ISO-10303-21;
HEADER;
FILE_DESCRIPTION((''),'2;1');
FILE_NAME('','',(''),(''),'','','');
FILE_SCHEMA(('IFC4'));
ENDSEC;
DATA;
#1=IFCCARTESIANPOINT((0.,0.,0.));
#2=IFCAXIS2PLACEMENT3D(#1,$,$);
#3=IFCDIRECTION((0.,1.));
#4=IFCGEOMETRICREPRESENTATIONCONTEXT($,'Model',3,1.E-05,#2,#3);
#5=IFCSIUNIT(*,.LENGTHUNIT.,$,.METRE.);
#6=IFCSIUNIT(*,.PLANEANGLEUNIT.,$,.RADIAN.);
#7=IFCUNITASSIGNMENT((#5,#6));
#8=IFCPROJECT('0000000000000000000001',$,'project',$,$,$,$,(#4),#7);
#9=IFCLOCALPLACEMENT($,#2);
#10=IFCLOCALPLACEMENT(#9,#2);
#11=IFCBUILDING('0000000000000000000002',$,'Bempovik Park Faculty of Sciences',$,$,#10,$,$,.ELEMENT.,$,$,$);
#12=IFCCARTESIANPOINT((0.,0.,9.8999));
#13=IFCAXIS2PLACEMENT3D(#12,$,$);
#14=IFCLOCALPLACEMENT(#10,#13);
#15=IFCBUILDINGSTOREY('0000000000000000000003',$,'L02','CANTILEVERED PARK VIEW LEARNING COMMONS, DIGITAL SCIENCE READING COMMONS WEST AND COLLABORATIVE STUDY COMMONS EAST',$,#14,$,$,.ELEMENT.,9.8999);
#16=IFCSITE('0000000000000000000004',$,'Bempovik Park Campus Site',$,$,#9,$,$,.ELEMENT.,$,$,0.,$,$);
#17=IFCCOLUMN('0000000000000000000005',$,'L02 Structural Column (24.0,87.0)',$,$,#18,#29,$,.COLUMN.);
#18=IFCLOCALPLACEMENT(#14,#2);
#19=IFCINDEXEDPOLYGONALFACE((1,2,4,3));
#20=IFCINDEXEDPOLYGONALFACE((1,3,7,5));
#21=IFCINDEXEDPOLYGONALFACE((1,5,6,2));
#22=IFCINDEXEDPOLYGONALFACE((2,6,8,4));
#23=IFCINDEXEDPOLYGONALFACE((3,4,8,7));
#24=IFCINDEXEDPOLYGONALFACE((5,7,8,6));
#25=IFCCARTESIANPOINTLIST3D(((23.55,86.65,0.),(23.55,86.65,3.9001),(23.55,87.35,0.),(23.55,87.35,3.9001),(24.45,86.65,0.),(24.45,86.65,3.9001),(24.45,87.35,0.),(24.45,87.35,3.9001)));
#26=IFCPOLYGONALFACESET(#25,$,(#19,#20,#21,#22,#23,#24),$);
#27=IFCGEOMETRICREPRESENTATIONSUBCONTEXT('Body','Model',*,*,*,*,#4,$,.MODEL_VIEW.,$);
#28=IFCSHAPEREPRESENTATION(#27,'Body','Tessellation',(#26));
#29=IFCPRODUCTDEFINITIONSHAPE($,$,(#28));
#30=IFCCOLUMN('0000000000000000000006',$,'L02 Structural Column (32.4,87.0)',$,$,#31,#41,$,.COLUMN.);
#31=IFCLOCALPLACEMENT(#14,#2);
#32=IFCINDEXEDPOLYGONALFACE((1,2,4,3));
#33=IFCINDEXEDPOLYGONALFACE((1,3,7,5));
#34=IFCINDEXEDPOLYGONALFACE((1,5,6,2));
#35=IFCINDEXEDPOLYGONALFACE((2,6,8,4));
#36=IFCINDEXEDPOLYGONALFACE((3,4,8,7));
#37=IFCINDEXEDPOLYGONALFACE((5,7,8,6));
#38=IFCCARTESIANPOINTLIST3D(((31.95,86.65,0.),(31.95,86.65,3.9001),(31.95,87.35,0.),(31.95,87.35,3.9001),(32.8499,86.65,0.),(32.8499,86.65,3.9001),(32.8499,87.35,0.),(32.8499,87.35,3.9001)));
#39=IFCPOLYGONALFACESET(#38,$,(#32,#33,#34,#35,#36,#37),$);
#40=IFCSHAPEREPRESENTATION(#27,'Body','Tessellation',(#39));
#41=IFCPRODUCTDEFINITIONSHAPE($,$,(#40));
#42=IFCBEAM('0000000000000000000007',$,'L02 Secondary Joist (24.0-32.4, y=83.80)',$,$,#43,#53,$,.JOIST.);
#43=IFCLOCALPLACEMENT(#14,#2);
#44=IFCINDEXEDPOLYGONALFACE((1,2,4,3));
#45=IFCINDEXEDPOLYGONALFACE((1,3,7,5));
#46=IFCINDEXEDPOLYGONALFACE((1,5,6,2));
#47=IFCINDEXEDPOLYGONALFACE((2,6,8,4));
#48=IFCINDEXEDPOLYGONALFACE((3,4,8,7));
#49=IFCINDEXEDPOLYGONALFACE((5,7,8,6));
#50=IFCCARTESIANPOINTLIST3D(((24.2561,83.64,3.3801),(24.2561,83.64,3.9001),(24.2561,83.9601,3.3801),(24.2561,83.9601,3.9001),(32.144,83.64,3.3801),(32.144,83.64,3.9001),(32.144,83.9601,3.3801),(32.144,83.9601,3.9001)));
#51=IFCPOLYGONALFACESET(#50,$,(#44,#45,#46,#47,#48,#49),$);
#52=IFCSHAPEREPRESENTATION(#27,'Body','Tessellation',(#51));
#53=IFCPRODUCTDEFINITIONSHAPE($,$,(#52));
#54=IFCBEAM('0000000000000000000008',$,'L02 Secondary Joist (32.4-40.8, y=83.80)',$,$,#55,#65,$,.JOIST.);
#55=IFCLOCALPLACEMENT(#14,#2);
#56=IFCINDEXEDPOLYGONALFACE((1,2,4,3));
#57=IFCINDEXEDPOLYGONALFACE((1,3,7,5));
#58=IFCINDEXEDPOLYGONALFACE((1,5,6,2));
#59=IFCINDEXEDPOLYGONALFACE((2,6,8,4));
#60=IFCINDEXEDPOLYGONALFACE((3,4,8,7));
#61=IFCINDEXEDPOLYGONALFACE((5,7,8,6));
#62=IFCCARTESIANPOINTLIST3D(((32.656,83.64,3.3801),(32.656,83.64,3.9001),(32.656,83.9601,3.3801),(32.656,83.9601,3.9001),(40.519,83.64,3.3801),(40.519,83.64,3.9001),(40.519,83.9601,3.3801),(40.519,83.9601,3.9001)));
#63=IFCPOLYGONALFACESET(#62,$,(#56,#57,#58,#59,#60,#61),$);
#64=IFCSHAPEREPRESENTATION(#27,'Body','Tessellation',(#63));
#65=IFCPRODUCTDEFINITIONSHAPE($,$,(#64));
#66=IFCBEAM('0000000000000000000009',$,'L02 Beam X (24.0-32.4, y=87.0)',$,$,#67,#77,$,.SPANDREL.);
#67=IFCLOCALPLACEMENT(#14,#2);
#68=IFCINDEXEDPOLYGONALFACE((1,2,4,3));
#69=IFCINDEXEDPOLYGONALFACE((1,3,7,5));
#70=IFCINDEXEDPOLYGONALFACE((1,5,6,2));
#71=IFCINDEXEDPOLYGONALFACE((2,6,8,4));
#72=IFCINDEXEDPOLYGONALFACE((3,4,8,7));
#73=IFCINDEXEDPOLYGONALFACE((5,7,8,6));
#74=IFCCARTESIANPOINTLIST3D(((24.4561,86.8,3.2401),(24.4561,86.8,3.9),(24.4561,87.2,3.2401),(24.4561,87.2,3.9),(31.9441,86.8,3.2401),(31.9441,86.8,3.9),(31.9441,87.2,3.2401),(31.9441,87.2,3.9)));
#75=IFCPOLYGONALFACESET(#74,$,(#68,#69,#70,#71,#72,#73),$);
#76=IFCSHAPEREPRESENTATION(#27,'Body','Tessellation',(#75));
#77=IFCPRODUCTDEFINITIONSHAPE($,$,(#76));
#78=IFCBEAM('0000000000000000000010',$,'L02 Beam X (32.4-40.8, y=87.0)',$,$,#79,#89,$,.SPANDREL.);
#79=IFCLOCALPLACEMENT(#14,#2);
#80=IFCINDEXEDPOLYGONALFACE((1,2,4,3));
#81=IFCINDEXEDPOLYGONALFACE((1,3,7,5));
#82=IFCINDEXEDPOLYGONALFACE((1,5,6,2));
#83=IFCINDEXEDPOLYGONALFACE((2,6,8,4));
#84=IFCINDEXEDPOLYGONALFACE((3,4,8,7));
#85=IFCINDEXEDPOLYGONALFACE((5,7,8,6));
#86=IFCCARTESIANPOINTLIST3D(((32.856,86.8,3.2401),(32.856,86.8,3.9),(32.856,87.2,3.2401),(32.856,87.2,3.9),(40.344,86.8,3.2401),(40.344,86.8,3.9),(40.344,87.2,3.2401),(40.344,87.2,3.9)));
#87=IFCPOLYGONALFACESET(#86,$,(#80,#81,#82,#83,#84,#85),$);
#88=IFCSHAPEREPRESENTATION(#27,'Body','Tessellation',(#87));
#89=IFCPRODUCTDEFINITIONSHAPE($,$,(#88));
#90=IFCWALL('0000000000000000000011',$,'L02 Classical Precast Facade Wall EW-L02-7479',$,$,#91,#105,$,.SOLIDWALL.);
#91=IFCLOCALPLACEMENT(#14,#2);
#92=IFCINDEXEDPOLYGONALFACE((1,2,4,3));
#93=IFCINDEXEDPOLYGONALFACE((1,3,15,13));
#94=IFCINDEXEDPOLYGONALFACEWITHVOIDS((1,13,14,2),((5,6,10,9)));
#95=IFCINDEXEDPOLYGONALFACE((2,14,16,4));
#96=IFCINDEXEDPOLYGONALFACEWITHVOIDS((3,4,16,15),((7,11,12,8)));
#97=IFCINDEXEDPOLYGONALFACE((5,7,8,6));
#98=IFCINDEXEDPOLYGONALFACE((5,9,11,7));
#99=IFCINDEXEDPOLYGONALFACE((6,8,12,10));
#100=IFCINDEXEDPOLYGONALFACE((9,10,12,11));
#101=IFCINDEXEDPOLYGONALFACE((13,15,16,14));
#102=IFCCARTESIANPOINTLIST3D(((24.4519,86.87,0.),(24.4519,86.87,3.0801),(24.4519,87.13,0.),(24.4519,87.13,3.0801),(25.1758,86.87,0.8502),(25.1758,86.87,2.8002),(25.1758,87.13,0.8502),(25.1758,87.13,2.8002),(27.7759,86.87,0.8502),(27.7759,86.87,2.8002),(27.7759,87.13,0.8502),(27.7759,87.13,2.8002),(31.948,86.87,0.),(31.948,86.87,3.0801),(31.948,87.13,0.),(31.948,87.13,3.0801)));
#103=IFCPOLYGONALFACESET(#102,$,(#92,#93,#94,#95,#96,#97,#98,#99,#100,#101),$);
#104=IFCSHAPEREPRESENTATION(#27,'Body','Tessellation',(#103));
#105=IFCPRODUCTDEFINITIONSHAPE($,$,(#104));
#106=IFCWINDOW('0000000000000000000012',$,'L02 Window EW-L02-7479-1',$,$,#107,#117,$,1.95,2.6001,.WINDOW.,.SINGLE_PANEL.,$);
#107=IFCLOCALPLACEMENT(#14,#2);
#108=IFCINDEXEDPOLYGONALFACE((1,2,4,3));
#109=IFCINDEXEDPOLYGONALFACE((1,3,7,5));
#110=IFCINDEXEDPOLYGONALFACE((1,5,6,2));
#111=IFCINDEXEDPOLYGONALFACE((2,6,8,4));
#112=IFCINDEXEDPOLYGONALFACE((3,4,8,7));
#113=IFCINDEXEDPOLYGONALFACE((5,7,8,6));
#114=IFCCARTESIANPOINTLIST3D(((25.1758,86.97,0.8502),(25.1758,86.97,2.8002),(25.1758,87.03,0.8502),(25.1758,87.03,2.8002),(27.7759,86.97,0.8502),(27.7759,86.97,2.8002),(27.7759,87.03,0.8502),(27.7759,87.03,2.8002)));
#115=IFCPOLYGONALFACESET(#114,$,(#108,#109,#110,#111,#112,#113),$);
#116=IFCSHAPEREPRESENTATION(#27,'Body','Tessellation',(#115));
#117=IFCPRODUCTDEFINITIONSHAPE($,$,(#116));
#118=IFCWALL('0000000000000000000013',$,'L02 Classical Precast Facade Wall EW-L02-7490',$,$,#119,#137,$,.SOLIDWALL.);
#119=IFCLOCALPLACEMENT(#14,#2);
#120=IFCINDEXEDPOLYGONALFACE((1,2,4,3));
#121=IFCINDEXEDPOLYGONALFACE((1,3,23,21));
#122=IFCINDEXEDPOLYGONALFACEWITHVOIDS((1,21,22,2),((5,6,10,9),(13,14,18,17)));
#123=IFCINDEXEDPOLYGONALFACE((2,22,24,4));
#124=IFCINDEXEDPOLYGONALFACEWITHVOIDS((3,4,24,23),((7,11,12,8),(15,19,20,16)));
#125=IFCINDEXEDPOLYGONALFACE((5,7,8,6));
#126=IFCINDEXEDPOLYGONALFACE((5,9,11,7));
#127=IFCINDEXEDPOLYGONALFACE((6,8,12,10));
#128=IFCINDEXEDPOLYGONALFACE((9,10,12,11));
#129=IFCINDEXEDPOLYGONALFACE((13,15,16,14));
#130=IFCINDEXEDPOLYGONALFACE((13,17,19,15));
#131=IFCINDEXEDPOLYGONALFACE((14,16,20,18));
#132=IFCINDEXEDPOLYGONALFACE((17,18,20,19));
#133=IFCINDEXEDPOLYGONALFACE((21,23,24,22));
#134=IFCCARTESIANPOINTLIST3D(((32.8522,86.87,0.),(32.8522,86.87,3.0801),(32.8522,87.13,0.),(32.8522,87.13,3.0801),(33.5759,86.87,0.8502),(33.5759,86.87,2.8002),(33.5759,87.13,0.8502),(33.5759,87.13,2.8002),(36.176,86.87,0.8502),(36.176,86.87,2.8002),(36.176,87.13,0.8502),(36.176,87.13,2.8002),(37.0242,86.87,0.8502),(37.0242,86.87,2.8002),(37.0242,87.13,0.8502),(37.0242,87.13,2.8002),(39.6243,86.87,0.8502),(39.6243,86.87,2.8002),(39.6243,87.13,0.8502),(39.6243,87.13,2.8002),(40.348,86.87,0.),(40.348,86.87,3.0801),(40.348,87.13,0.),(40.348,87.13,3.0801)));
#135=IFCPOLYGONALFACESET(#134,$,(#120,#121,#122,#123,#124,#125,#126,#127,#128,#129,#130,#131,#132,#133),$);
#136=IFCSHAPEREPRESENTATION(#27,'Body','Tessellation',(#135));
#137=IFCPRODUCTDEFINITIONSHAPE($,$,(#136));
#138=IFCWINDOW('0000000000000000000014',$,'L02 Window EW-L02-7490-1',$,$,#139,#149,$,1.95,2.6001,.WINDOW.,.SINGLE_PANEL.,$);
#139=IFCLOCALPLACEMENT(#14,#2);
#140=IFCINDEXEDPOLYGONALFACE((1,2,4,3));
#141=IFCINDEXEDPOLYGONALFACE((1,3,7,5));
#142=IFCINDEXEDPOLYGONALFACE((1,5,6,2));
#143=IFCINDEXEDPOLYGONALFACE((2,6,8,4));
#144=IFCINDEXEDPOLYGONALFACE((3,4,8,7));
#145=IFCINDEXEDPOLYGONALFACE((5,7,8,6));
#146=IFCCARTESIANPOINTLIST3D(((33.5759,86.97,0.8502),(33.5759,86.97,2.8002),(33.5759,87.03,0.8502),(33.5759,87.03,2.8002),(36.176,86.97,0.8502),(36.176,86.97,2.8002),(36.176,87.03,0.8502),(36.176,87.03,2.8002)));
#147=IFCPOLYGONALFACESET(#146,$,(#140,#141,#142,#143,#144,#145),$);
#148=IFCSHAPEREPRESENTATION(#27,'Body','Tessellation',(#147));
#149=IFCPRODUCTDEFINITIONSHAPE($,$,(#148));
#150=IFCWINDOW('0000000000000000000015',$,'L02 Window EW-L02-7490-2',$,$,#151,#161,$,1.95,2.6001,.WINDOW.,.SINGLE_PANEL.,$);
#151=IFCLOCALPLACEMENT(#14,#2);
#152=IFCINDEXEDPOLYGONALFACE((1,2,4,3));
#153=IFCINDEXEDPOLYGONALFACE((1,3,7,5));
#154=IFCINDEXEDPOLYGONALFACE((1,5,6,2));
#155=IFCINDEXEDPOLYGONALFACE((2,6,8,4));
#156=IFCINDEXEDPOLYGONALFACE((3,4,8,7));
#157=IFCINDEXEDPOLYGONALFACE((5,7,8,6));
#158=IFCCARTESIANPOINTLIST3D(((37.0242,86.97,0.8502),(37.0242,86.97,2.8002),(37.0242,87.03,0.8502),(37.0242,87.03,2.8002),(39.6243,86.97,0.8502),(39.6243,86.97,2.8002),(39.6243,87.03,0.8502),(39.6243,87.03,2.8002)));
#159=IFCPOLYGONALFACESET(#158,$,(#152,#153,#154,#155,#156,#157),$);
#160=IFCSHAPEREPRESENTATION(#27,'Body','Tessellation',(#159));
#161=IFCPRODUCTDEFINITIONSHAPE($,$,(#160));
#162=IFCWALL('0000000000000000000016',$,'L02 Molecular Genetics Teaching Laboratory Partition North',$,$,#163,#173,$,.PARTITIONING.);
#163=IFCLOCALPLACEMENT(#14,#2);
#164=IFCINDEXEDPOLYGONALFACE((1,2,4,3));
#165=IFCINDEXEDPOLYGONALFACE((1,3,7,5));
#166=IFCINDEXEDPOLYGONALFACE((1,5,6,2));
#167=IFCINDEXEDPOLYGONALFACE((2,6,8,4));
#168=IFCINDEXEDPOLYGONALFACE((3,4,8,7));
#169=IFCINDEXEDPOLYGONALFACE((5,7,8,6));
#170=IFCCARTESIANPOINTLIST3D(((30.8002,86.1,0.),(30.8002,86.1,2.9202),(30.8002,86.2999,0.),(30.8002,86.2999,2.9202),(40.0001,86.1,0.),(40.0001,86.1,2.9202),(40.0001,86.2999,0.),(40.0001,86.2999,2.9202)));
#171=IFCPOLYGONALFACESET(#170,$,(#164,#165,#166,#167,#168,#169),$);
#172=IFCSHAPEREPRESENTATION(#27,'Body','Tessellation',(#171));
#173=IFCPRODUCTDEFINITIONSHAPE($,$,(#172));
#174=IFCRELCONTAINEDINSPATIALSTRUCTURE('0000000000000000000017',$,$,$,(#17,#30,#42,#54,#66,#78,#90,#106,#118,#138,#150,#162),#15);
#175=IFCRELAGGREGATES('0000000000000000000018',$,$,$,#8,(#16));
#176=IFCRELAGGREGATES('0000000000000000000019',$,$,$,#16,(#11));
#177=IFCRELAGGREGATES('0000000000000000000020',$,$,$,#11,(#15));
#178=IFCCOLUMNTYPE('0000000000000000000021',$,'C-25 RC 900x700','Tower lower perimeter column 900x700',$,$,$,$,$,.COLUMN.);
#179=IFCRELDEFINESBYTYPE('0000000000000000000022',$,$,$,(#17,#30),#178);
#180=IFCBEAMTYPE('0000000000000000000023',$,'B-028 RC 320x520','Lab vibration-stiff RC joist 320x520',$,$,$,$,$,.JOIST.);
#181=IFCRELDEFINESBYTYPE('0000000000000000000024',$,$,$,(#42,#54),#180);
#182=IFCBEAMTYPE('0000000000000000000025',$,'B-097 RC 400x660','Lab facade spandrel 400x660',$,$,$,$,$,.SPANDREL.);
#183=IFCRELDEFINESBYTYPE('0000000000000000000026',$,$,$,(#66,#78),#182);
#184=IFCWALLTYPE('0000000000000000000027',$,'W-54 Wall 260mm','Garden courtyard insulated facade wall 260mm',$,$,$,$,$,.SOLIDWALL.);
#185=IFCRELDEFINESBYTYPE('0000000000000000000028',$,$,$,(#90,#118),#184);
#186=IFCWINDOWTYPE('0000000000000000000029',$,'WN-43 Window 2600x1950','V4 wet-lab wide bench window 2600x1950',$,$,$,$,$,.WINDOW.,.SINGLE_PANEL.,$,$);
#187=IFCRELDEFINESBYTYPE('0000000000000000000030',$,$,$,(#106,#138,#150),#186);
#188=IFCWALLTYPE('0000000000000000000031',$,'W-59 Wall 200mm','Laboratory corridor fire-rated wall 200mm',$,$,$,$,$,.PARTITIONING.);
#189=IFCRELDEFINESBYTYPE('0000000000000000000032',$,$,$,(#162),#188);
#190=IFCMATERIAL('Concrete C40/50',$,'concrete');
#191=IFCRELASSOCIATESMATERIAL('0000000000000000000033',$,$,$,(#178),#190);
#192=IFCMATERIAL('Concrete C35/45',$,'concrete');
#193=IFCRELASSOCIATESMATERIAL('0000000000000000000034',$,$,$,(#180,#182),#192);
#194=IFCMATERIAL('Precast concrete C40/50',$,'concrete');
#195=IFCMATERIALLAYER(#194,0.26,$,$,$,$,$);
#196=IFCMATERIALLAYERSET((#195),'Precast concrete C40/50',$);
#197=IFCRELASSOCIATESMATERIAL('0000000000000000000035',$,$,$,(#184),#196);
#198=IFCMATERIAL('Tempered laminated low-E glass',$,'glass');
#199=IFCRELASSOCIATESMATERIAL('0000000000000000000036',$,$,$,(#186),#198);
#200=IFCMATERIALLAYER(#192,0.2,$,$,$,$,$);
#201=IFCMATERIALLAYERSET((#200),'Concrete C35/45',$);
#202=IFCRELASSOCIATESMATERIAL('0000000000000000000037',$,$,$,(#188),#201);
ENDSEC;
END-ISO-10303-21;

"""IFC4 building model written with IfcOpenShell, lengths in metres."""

from ifc_helpers import new_model, si_unit, direction, frame, frame_2d, origin, origin_2d, place, context, subcontext, project, spatial, rectangle, extrude, material, layer, layer_set, material_profile, profile_set, type_object, element, fill, save


model = new_model("IFC4")

# Units and contexts
model_context = context("Model", 3, precision=1e-05, world=origin(), true_north=direction((0.0, 1.0)))
body_context = subcontext(model_context, "Body", "Model", "MODEL_VIEW")
ifc_project = project(units=[si_unit("LENGTHUNIT", "METRE"), si_unit("PLANEANGLEUNIT", "RADIAN")], contexts=[model_context])

# Site, building, storey
site_placement = place(None, origin())
site = spatial("IfcSite", under=ifc_project, at=site_placement, Name="Bempovik Park Campus Site", CompositionType="ELEMENT", RefElevation=0.0)
building_placement = place(site_placement, origin())
building = spatial("IfcBuilding", under=site, at=building_placement, Name="Bempovik Park Faculty of Sciences", CompositionType="ELEMENT")
storey_placement = place(building_placement, frame((0.0, 0.0, 9.8999)))
storey = spatial("IfcBuildingStorey", under=building, at=storey_placement, Name="L02", Description="CANTILEVERED PARK VIEW LEARNING COMMONS, DIGITAL SCIENCE READING COMMONS WEST AND COLLABORATIVE STUDY COMMONS EAST", CompositionType="ELEMENT", Elevation=9.8999)

# Columns
ifc_material_1 = material(Name="Concrete C40/50", Category="concrete")
ifc_material_profile_1 = material_profile(ifc_material_1, rectangle(XDim=0.8999, YDim=0.7, at=origin_2d()), Name="RC 900x700")
ifc_profile_set_1 = profile_set([ifc_material_profile_1], Name="Concrete C40/50")
column_type = type_object("IfcColumnType", Name="C-25 RC 900x700", Description="Tower lower perimeter column 900x700", PredefinedType="COLUMN", material=ifc_profile_set_1)
for number, where, z_axis, x_axis, name in (
    (1, (24.0, 87.0, 0.0), (0.0, 0.0, 1.0), (1.0, 0.0, 0.0), "L02 Structural Column (24.0,87.0)"),
    (2, (32.3999, 87.0, 0.0), (0.0, 0.0, 1.0), (1.0, 0.0, 0.0), "L02 Structural Column (32.4,87.0)"),
):
    element("IfcColumn", number, at=place(storey_placement, frame(where, z_axis=z_axis, x_axis=x_axis)), inside=storey, type_object=column_type, Name=name, PredefinedType="COLUMN", context=body_context, shape_type="SweptSolid", body=[
        extrude(rectangle(XDim=0.8999, YDim=0.7, at=origin_2d()), origin(), (0.0, 0.0, 1.0), 3.9001),
    ])

# Beams
ifc_material_2 = material(Name="Concrete C35/45", Category="concrete")
ifc_material_profile_2 = material_profile(ifc_material_2, rectangle(XDim=0.3201, YDim=0.52, at=origin_2d()), Name="RC 320x520")
ifc_profile_set_2 = profile_set([ifc_material_profile_2], Name="Concrete C35/45")
beam_type_1 = type_object("IfcBeamType", Name="B-028 RC 320x520", Description="Lab vibration-stiff RC joist 320x520", PredefinedType="JOIST", material=ifc_profile_set_2)
beam_1_placement = place(storey_placement, frame((24.2561, 83.8, 3.6401), z_axis=(1.0, 0.0, 0.0), x_axis=(0.0, 1.0, 0.0)))
element("IfcBeam", 3, at=beam_1_placement, inside=storey, type_object=beam_type_1, Name="L02 Secondary Joist (24.0-32.4, y=83.80)", PredefinedType="JOIST", context=body_context, shape_type="SweptSolid", body=[
    extrude(rectangle(XDim=0.3201, YDim=0.52, at=origin_2d()), origin(), (0.0, 0.0, 1.0), 7.8879),
])
beam_2_placement = place(storey_placement, frame((32.656, 83.8, 3.6401), z_axis=(1.0, 0.0, 0.0), x_axis=(0.0, 1.0, 0.0)))
element("IfcBeam", 4, at=beam_2_placement, inside=storey, type_object=beam_type_1, Name="L02 Secondary Joist (32.4-40.8, y=83.80)", PredefinedType="JOIST", context=body_context, shape_type="SweptSolid", body=[
    extrude(rectangle(XDim=0.3201, YDim=0.52, at=origin_2d()), origin(), (0.0, 0.0, 1.0), 7.863),
])
ifc_material_profile_3 = material_profile(ifc_material_2, rectangle(XDim=0.3999, YDim=0.6599, at=origin_2d()), Name="RC 400x660")
ifc_profile_set_3 = profile_set([ifc_material_profile_3], Name="Concrete C35/45")
beam_type_2 = type_object("IfcBeamType", Name="B-097 RC 400x660", Description="Lab facade spandrel 400x660", PredefinedType="SPANDREL", material=ifc_profile_set_3)
for number, where, z_axis, x_axis, name in (
    (5, (24.4561, 87.0, 3.5701), (1.0, 0.0, 0.0), (0.0, 1.0, 0.0), "L02 Beam X (24.0-32.4, y=87.0)"),
    (6, (32.856, 87.0, 3.5701), (1.0, 0.0, 0.0), (0.0, 1.0, 0.0), "L02 Beam X (32.4-40.8, y=87.0)"),
):
    element("IfcBeam", number, at=place(storey_placement, frame(where, z_axis=z_axis, x_axis=x_axis)), inside=storey, type_object=beam_type_2, Name=name, PredefinedType="SPANDREL", context=body_context, shape_type="SweptSolid", body=[
        extrude(rectangle(XDim=0.3999, YDim=0.6599, at=origin_2d()), origin(), (0.0, 0.0, 1.0), 7.488),
    ])

# Wall, opening, window
ifc_material_3 = material(Name="Precast concrete C40/50", Category="concrete")
ifc_layer_1 = layer(ifc_material_3, 0.26)
ifc_layer_set_1 = layer_set([ifc_layer_1], Name="Precast concrete C40/50")
wall_type_1 = type_object("IfcWallType", Name="W-54 Wall 260mm", Description="Garden courtyard insulated facade wall 260mm", PredefinedType="SOLIDWALL", material=ifc_layer_set_1)
wall_1_placement = place(storey_placement, frame((24.4519, 87.0, 0.0), z_axis=(0.0, 0.0, 1.0), x_axis=(1.0, 0.0, 0.0)))
wall_1 = element("IfcWall", 7, at=wall_1_placement, inside=storey, type_object=wall_type_1, Name="L02 Classical Precast Facade Wall EW-L02-7479", PredefinedType="SOLIDWALL", context=body_context, shape_type="SweptSolid", body=[
    extrude(rectangle(XDim=7.4961, YDim=0.26, at=frame_2d((3.748, 0.0))), origin(), (0.0, 0.0, 1.0), 3.0801),
])
opening_1_placement = place(wall_1_placement, frame((0.7239, 0.0, 0.8501)))
opening_1 = element("IfcOpeningElement", 8, at=opening_1_placement, cuts=wall_1, PredefinedType="OPENING", context=body_context, shape_type="SweptSolid", body=[
    extrude(rectangle(XDim=2.6001, YDim=1.95, at=frame_2d((1.3, 0.9751))), frame((0.0, 0.1401, 0.0), z_axis=(0.0, -1.0, 0.0), x_axis=(1.0, 0.0, 0.0)), (0.0, 0.0, 1.0), 0.28),
])
ifc_material_4 = material(Name="Tempered laminated low-E glass", Category="glass")
window_type = type_object("IfcWindowType", Name="WN-43 Window 2600x1950", Description="V4 wet-lab wide bench window 2600x1950", PartitioningType="SINGLE_PANEL", PredefinedType="WINDOW", material=ifc_material_4)
window_1_placement = place(opening_1_placement, origin())
window_1 = element("IfcWindow", 9, at=window_1_placement, inside=storey, type_object=window_type, Name="L02 Window EW-L02-7479-1", OverallHeight=1.95, OverallWidth=2.6001, PartitioningType="SINGLE_PANEL", PredefinedType="WINDOW", context=body_context, shape_type="SweptSolid", body=[
    extrude(rectangle(XDim=2.6001, YDim=1.95, at=frame_2d((1.3, 0.9751))), frame((0.0, 0.03, 0.0), z_axis=(0.0, -1.0, 0.0), x_axis=(1.0, 0.0, 0.0)), (0.0, 0.0, 1.0), 0.0601),
])
fill(opening_1, window_1)

# Wall, openings, windows
wall_2_placement = place(storey_placement, frame((32.8521, 87.0, 0.0), z_axis=(0.0, 0.0, 1.0), x_axis=(1.0, 0.0, 0.0)))
wall_2 = element("IfcWall", 10, at=wall_2_placement, inside=storey, type_object=wall_type_1, Name="L02 Classical Precast Facade Wall EW-L02-7490", PredefinedType="SOLIDWALL", context=body_context, shape_type="SweptSolid", body=[
    extrude(rectangle(XDim=7.4958, YDim=0.26, at=frame_2d((3.748, 0.0))), origin(), (0.0, 0.0, 1.0), 3.0801),
])
opening_2_placement = place(wall_2_placement, frame((0.7239, 0.0, 0.8501)))
opening_2 = element("IfcOpeningElement", 11, at=opening_2_placement, cuts=wall_2, PredefinedType="OPENING", context=body_context, shape_type="SweptSolid", body=[
    extrude(rectangle(XDim=2.6001, YDim=1.95, at=frame_2d((1.3, 0.9751))), frame((0.0, 0.1401, 0.0), z_axis=(0.0, -1.0, 0.0), x_axis=(1.0, 0.0, 0.0)), (0.0, 0.0, 1.0), 0.28),
])
opening_3_placement = place(wall_2_placement, frame((4.1721, 0.0, 0.8501)))
opening_3 = element("IfcOpeningElement", 12, at=opening_3_placement, cuts=wall_2, PredefinedType="OPENING", context=body_context, shape_type="SweptSolid", body=[
    extrude(rectangle(XDim=2.6001, YDim=1.95, at=frame_2d((1.3, 0.9751))), frame((0.0, 0.1401, 0.0), z_axis=(0.0, -1.0, 0.0), x_axis=(1.0, 0.0, 0.0)), (0.0, 0.0, 1.0), 0.28),
])
window_2_placement = place(opening_2_placement, origin())
window_2 = element("IfcWindow", 13, at=window_2_placement, inside=storey, type_object=window_type, Name="L02 Window EW-L02-7490-1", OverallHeight=1.95, OverallWidth=2.6001, PartitioningType="SINGLE_PANEL", PredefinedType="WINDOW", context=body_context, shape_type="SweptSolid", body=[
    extrude(rectangle(XDim=2.6001, YDim=1.95, at=frame_2d((1.3, 0.9751))), frame((0.0, 0.03, 0.0), z_axis=(0.0, -1.0, 0.0), x_axis=(1.0, 0.0, 0.0)), (0.0, 0.0, 1.0), 0.0601),
])
fill(opening_2, window_2)
window_3_placement = place(opening_3_placement, origin())
window_3 = element("IfcWindow", 14, at=window_3_placement, inside=storey, type_object=window_type, Name="L02 Window EW-L02-7490-2", OverallHeight=1.95, OverallWidth=2.6001, PartitioningType="SINGLE_PANEL", PredefinedType="WINDOW", context=body_context, shape_type="SweptSolid", body=[
    extrude(rectangle(XDim=2.6001, YDim=1.95, at=frame_2d((1.3, 0.9751))), frame((0.0, 0.03, 0.0), z_axis=(0.0, -1.0, 0.0), x_axis=(1.0, 0.0, 0.0)), (0.0, 0.0, 1.0), 0.0601),
])
fill(opening_3, window_3)

# Wall
ifc_layer_2 = layer(ifc_material_2, 0.2)
ifc_layer_set_2 = layer_set([ifc_layer_2], Name="Concrete C35/45")
wall_type_2 = type_object("IfcWallType", Name="W-59 Wall 200mm", Description="Laboratory corridor fire-rated wall 200mm", PredefinedType="PARTITIONING", material=ifc_layer_set_2)
wall_3_placement = place(storey_placement, frame((30.8, 86.2, 0.0), z_axis=(0.0, 0.0, 1.0), x_axis=(1.0, 0.0, 0.0)))
element("IfcWall", 15, at=wall_3_placement, inside=storey, type_object=wall_type_2, Name="L02 Molecular Genetics Teaching Laboratory Partition North", PredefinedType="PARTITIONING", context=body_context, shape_type="SweptSolid", body=[
    extrude(rectangle(XDim=9.2, YDim=0.2, at=frame_2d((4.6001, 0.0))), origin(), (0.0, 0.0, 1.0), 2.9202),
])

save(model, "model.ifc")
